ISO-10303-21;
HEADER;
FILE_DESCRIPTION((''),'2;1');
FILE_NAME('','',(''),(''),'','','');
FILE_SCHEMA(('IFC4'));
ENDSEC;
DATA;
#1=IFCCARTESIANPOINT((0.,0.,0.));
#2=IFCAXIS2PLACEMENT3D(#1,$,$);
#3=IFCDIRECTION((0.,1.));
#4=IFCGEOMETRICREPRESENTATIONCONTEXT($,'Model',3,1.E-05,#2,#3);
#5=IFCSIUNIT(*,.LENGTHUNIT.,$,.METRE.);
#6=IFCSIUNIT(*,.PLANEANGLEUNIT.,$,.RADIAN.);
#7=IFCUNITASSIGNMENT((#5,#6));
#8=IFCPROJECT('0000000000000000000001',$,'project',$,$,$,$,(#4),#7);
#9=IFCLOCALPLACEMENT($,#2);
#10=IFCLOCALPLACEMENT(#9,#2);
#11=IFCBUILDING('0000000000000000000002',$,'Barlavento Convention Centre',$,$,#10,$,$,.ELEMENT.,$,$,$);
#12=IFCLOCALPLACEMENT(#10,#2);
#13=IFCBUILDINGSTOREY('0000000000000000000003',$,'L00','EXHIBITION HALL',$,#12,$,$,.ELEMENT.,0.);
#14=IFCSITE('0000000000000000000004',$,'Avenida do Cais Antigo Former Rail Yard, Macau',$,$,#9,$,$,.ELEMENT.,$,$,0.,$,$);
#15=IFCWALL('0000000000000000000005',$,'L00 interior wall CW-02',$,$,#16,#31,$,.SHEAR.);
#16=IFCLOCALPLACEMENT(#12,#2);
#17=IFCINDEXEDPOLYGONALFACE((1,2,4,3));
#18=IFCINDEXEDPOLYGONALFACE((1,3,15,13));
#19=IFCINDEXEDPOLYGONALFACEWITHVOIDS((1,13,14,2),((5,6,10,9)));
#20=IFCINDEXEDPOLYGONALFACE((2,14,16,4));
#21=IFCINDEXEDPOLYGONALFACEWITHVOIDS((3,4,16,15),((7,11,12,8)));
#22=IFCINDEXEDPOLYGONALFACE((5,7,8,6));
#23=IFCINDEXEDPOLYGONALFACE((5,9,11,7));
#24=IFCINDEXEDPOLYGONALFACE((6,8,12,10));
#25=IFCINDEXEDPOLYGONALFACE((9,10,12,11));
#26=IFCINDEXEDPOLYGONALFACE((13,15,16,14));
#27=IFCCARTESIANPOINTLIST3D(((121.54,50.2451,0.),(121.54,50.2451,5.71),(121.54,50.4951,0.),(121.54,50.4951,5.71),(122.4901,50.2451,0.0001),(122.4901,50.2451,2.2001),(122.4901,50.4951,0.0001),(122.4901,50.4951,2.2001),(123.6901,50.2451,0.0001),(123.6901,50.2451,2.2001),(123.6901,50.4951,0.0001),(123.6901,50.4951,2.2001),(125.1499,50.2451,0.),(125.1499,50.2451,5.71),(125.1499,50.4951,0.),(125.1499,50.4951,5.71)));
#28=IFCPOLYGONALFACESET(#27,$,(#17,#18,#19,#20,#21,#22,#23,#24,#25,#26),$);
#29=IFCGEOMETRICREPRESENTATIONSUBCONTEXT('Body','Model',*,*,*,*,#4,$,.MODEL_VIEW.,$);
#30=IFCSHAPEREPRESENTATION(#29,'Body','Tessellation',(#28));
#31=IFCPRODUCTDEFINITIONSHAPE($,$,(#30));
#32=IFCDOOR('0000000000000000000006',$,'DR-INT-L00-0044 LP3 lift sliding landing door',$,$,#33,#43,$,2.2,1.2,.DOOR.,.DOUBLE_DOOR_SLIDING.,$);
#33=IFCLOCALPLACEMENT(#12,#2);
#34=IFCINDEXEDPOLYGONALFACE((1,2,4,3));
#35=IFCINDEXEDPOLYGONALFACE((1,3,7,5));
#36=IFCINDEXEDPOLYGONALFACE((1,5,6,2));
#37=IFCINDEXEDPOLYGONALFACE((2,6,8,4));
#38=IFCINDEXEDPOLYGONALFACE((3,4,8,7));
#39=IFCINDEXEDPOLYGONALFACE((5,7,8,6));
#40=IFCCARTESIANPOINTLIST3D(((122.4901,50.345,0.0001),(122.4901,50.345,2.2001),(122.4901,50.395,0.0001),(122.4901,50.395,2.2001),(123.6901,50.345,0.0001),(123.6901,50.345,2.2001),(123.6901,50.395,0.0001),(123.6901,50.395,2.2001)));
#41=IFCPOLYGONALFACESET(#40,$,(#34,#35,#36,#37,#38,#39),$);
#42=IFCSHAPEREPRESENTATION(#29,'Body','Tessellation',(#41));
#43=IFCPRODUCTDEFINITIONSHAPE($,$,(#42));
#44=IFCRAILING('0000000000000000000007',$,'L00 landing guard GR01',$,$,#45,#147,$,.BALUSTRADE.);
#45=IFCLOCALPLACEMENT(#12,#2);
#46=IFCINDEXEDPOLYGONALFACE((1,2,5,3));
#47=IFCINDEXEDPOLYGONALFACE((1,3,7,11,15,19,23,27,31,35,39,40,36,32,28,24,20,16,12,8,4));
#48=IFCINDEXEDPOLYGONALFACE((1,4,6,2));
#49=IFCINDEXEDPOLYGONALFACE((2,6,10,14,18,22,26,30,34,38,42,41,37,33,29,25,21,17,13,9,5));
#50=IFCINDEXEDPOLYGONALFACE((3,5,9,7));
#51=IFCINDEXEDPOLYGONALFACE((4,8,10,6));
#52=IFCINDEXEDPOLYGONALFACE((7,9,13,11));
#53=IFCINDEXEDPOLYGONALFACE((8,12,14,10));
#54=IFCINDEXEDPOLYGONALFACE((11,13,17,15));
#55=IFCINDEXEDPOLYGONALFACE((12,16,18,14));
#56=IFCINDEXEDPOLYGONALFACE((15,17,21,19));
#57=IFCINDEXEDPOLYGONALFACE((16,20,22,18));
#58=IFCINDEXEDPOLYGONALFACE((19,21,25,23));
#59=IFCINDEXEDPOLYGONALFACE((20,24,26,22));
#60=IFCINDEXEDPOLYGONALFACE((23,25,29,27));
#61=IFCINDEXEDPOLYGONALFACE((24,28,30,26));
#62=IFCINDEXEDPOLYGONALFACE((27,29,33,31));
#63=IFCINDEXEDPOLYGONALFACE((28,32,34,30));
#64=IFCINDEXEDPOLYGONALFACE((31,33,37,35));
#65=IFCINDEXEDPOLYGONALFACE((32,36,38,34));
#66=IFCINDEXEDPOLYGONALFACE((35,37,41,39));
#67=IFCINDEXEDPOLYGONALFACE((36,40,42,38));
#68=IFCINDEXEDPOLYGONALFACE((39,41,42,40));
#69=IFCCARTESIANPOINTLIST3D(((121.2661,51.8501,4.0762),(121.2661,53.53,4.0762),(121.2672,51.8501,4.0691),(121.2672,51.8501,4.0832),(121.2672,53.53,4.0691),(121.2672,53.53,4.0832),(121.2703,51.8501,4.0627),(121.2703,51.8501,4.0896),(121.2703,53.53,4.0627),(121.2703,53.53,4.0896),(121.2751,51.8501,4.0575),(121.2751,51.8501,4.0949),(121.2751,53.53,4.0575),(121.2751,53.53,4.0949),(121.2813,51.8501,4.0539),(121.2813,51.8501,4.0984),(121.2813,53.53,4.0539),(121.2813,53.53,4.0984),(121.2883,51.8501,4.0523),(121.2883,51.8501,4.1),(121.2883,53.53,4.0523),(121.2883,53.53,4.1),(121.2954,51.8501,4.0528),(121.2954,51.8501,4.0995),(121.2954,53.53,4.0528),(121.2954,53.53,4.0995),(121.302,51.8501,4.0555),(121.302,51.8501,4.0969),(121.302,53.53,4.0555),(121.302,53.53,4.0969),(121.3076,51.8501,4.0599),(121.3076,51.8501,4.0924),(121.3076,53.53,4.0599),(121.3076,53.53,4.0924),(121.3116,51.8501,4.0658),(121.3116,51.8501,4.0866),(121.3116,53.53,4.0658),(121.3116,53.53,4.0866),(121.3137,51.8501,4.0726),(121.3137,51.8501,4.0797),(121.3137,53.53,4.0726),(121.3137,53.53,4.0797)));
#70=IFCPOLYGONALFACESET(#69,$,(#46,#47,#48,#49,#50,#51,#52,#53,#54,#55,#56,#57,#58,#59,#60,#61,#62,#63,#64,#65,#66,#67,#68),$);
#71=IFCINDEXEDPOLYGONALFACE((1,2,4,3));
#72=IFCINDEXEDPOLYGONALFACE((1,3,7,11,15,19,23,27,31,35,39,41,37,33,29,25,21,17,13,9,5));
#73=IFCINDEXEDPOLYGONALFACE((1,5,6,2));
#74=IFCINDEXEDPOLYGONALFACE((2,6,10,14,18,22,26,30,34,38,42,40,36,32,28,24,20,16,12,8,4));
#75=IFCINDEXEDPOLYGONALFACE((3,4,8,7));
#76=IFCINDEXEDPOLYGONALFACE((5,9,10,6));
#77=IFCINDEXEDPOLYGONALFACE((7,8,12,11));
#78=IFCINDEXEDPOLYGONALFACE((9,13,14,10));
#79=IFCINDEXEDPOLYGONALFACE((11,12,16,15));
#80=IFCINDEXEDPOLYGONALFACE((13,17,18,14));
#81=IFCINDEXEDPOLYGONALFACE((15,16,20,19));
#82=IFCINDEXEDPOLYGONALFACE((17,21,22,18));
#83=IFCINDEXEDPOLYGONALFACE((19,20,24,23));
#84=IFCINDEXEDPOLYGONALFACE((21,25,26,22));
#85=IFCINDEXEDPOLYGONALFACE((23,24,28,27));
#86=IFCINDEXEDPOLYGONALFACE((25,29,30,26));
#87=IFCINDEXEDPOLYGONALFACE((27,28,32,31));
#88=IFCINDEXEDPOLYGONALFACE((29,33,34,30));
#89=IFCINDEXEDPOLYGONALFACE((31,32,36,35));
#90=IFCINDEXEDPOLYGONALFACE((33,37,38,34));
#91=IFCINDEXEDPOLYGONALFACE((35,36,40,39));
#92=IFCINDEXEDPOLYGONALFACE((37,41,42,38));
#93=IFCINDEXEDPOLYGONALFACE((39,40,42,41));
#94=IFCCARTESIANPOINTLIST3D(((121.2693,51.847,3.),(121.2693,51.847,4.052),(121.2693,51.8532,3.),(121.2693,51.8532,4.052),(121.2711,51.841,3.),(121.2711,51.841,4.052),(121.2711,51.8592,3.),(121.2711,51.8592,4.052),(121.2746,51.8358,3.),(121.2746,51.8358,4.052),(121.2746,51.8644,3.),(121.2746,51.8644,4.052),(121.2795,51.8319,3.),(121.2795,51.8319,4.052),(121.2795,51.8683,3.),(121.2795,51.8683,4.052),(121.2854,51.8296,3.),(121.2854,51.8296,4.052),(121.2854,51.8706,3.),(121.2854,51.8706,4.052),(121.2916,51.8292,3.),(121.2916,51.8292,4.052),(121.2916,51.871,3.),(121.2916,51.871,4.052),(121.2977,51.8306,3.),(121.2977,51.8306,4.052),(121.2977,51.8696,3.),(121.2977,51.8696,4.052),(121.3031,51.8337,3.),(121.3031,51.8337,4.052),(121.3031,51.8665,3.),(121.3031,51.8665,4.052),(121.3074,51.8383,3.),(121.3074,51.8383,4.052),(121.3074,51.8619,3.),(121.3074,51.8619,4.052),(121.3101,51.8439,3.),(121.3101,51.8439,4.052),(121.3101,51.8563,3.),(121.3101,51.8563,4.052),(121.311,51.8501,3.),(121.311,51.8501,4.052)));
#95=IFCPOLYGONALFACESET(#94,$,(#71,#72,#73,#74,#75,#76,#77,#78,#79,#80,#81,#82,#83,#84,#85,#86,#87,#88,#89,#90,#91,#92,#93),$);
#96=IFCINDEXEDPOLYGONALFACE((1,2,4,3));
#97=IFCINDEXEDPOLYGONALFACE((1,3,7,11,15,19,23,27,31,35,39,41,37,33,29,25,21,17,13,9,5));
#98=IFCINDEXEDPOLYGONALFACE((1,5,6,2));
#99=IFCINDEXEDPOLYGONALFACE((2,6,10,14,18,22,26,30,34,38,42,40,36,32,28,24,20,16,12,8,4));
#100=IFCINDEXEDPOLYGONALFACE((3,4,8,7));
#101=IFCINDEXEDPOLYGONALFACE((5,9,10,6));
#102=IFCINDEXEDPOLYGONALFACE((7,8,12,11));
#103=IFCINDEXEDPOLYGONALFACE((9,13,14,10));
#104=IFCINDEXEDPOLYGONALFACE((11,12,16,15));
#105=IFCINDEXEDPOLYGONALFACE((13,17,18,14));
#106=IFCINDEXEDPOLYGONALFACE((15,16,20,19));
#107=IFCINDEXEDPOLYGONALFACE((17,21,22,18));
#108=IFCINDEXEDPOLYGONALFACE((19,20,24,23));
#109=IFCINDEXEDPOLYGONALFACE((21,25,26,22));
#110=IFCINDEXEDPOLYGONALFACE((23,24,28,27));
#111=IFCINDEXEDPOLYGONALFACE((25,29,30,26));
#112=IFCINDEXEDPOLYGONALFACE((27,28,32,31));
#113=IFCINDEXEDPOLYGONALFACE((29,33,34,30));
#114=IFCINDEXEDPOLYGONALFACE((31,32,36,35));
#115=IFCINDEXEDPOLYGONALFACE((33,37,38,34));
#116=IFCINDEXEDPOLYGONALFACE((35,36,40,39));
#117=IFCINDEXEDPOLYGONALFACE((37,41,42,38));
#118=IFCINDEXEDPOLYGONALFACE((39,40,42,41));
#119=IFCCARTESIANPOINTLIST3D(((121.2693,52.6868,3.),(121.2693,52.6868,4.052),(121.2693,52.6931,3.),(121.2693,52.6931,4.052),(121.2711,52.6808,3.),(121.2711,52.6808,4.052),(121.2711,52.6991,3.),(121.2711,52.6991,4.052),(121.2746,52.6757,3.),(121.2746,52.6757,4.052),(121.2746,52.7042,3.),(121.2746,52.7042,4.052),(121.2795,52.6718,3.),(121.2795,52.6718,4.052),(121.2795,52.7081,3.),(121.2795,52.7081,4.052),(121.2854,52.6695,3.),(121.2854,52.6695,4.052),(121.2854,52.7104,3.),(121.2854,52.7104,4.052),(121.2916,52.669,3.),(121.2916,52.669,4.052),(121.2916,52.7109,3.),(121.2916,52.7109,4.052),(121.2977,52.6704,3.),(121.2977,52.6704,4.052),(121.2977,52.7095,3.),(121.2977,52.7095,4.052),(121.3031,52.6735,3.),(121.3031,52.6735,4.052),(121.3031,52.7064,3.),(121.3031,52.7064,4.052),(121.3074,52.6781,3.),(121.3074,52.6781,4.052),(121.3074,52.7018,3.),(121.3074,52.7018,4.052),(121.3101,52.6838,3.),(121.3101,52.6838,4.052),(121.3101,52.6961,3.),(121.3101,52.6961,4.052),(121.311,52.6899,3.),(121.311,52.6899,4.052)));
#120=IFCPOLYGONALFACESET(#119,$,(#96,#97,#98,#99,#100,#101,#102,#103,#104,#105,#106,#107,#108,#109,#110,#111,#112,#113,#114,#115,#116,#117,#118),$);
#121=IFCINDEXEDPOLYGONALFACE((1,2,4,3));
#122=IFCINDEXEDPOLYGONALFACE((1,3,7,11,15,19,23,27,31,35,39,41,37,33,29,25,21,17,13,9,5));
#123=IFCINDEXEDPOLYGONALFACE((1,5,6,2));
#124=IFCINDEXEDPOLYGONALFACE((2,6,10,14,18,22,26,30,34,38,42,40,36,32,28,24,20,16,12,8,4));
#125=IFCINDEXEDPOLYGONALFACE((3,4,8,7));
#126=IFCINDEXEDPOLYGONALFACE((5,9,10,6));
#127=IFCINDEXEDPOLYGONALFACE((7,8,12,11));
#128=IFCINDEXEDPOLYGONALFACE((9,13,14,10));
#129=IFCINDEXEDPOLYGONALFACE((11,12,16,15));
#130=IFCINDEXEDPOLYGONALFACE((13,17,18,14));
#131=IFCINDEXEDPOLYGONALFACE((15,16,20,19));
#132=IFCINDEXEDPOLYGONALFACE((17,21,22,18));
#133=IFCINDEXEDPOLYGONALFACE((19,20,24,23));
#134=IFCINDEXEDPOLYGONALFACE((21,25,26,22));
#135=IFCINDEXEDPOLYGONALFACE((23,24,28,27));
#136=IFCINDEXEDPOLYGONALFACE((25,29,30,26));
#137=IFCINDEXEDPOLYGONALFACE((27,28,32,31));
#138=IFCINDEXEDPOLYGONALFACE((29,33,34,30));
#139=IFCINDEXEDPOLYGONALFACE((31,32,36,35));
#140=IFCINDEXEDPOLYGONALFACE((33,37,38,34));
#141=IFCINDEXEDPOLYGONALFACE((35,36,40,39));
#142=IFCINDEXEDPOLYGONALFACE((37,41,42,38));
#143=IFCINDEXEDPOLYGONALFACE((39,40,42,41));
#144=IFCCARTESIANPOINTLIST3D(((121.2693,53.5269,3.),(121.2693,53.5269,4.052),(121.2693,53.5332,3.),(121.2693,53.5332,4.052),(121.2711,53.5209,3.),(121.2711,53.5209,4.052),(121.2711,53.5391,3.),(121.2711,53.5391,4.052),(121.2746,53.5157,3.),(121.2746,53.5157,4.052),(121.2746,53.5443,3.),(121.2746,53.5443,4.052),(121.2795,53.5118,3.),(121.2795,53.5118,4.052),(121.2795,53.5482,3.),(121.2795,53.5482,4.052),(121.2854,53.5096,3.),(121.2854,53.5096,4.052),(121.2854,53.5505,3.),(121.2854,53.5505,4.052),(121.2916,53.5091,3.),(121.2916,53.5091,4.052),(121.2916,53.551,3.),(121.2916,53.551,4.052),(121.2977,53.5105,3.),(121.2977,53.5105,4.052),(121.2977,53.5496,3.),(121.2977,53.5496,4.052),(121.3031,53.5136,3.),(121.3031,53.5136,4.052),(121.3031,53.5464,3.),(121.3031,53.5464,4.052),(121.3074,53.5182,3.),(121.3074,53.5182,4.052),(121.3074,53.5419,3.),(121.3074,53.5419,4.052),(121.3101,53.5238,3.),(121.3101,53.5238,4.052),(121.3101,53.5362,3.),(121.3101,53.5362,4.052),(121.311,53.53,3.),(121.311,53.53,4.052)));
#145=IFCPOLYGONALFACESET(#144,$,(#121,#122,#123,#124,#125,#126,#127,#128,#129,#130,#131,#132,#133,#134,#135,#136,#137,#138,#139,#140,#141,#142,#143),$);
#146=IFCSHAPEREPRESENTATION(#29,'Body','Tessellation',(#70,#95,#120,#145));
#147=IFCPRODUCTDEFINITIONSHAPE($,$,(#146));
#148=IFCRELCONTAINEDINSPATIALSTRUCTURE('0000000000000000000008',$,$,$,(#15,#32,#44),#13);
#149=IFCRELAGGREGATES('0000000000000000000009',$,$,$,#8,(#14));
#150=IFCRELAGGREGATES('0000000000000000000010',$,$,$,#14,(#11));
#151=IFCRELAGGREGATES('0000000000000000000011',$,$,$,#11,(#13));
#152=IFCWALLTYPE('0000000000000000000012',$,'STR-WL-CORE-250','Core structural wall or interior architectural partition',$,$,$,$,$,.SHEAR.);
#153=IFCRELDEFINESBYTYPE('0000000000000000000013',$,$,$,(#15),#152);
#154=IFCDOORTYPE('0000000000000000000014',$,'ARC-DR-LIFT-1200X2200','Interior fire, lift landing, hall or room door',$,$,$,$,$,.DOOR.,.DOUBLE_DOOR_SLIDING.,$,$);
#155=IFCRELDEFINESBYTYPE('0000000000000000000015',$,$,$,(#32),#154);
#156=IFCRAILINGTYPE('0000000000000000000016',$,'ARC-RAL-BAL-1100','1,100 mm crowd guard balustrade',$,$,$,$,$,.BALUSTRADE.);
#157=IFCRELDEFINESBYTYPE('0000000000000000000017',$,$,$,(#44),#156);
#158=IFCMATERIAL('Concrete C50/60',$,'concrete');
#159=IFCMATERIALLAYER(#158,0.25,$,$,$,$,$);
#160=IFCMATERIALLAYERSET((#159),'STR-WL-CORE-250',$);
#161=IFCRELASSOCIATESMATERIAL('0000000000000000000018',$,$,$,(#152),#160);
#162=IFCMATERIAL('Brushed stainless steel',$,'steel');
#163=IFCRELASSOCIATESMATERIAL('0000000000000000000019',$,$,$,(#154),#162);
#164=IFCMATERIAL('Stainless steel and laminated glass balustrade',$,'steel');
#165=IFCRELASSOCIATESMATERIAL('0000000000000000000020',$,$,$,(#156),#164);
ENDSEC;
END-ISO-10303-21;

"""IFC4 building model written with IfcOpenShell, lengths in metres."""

from ifc_helpers import new_model, si_unit, direction, frame, frame_2d, origin, origin_2d, place, context, subcontext, project, spatial, rectangle, circle, extrude, material, layer, layer_set, type_object, element, fill, save


model = new_model("IFC4")

# Units and contexts
model_context = context("Model", 3, precision=1e-05, world=origin(), true_north=direction((0.0, 1.0)))
body_context = subcontext(model_context, "Body", "Model", "MODEL_VIEW")
ifc_project = project(units=[si_unit("LENGTHUNIT", "METRE"), si_unit("PLANEANGLEUNIT", "RADIAN")], contexts=[model_context])

# Site, building, storey
site_placement = place(None, origin())
site = spatial("IfcSite", under=ifc_project, at=site_placement, Name="Avenida do Cais Antigo Former Rail Yard, Macau", CompositionType="ELEMENT", RefElevation=0.0)
building_placement = place(site_placement, origin())
building = spatial("IfcBuilding", under=site, at=building_placement, Name="Barlavento Convention Centre", CompositionType="ELEMENT")
storey_placement = place(building_placement, origin())
storey = spatial("IfcBuildingStorey", under=building, at=storey_placement, Name="L00", Description="EXHIBITION HALL", CompositionType="ELEMENT", Elevation=0.0)

# Shared definitions
ifc_material_1 = material(Name="Concrete C50/60", Category="concrete")

# Wall, opening, door
ifc_layer_1 = layer(ifc_material_1, 0.25)
ifc_layer_set_1 = layer_set([ifc_layer_1], Name="STR-WL-CORE-250")
wall_type_1 = type_object("IfcWallType", Name="STR-WL-CORE-250", Description="Core structural wall or interior architectural partition", PredefinedType="SHEAR", material=ifc_layer_set_1)
wall_1_placement = place(storey_placement, frame((121.54, 50.3701, 0.0), z_axis=(0.0, 0.0, 1.0), x_axis=(1.0, 0.0, 0.0)))
wall_1 = element("IfcWall", 1, at=wall_1_placement, inside=storey, type_object=wall_type_1, Name="L00 interior wall CW-02", PredefinedType="SHEAR", context=body_context, shape_type="SweptSolid", body=[
    extrude(rectangle(XDim=3.6099, YDim=0.25, at=frame_2d((1.8049, 0.0))), origin(), (0.0, 0.0, 1.0), 5.71),
])
opening_1_placement = place(wall_1_placement, frame((0.95, 0.0, 0.0)))
opening_1 = element("IfcOpeningElement", 2, at=opening_1_placement, cuts=wall_1, PredefinedType="OPENING", context=body_context, shape_type="SweptSolid", body=[
    extrude(rectangle(XDim=1.2, YDim=2.2, at=frame_2d((0.6001, 1.1001))), frame((0.0, 0.135, 0.0), z_axis=(0.0, -1.0, 0.0), x_axis=(1.0, 0.0, 0.0)), (0.0, 0.0, 1.0), 0.27),
])
ifc_material_2 = material(Name="Brushed stainless steel", Category="steel")
door_type_1 = type_object("IfcDoorType", Name="ARC-DR-LIFT-1200X2200", Description="Interior fire, lift landing, hall or room door", OperationType="DOUBLE_DOOR_SLIDING", PredefinedType="DOOR", material=ifc_material_2)
door_1_placement = place(opening_1_placement, origin())
door_1 = element("IfcDoor", 3, at=door_1_placement, inside=storey, type_object=door_type_1, Name="DR-INT-L00-0044 LP3 lift sliding landing door", OperationType="DOUBLE_DOOR_SLIDING", OverallHeight=2.2, OverallWidth=1.2, PredefinedType="DOOR", context=body_context, shape_type="SweptSolid", body=[
    extrude(rectangle(XDim=1.2, YDim=2.2, at=frame_2d((0.6001, 1.1001))), frame((0.0, 0.0249, 0.0), z_axis=(0.0, -1.0, 0.0), x_axis=(1.0, 0.0, 0.0)), (0.0, 0.0, 1.0), 0.05),
])
fill(opening_1, door_1)

# Railing
ifc_material_3 = material(Name="Stainless steel and laminated glass balustrade", Category="steel")
railing_type_1 = type_object("IfcRailingType", Name="ARC-RAL-BAL-1100", Description="1,100 mm crowd guard balustrade", PredefinedType="BALUSTRADE", material=ifc_material_3)
railing_1_placement = place(storey_placement, frame((121.29, 51.8501, 3.0)))
element("IfcRailing", 4, at=railing_1_placement, inside=storey, type_object=railing_type_1, Name="L00 landing guard GR01", PredefinedType="BALUSTRADE", context=body_context, shape_type="SweptSolid", body=[
    extrude(circle(Radius=0.0239, at=origin_2d()), frame((0.0, 0.0, 1.0762), z_axis=(0.0, 1.0, 0.0), x_axis=(-1.0, 0.0, 0.0)), (0.0, 0.0, 1.0), 1.6799),
    extrude(circle(Radius=0.021, at=origin_2d()), origin(), (0.0, 0.0, 1.0), 1.052),
    extrude(circle(Radius=0.021, at=origin_2d()), frame((0.0, 0.8398, 0.0)), (0.0, 0.0, 1.0), 1.052),
    extrude(circle(Radius=0.021, at=origin_2d()), frame((0.0, 1.6799, 0.0)), (0.0, 0.0, 1.0), 1.052),
])

save(model, "model.ifc")
